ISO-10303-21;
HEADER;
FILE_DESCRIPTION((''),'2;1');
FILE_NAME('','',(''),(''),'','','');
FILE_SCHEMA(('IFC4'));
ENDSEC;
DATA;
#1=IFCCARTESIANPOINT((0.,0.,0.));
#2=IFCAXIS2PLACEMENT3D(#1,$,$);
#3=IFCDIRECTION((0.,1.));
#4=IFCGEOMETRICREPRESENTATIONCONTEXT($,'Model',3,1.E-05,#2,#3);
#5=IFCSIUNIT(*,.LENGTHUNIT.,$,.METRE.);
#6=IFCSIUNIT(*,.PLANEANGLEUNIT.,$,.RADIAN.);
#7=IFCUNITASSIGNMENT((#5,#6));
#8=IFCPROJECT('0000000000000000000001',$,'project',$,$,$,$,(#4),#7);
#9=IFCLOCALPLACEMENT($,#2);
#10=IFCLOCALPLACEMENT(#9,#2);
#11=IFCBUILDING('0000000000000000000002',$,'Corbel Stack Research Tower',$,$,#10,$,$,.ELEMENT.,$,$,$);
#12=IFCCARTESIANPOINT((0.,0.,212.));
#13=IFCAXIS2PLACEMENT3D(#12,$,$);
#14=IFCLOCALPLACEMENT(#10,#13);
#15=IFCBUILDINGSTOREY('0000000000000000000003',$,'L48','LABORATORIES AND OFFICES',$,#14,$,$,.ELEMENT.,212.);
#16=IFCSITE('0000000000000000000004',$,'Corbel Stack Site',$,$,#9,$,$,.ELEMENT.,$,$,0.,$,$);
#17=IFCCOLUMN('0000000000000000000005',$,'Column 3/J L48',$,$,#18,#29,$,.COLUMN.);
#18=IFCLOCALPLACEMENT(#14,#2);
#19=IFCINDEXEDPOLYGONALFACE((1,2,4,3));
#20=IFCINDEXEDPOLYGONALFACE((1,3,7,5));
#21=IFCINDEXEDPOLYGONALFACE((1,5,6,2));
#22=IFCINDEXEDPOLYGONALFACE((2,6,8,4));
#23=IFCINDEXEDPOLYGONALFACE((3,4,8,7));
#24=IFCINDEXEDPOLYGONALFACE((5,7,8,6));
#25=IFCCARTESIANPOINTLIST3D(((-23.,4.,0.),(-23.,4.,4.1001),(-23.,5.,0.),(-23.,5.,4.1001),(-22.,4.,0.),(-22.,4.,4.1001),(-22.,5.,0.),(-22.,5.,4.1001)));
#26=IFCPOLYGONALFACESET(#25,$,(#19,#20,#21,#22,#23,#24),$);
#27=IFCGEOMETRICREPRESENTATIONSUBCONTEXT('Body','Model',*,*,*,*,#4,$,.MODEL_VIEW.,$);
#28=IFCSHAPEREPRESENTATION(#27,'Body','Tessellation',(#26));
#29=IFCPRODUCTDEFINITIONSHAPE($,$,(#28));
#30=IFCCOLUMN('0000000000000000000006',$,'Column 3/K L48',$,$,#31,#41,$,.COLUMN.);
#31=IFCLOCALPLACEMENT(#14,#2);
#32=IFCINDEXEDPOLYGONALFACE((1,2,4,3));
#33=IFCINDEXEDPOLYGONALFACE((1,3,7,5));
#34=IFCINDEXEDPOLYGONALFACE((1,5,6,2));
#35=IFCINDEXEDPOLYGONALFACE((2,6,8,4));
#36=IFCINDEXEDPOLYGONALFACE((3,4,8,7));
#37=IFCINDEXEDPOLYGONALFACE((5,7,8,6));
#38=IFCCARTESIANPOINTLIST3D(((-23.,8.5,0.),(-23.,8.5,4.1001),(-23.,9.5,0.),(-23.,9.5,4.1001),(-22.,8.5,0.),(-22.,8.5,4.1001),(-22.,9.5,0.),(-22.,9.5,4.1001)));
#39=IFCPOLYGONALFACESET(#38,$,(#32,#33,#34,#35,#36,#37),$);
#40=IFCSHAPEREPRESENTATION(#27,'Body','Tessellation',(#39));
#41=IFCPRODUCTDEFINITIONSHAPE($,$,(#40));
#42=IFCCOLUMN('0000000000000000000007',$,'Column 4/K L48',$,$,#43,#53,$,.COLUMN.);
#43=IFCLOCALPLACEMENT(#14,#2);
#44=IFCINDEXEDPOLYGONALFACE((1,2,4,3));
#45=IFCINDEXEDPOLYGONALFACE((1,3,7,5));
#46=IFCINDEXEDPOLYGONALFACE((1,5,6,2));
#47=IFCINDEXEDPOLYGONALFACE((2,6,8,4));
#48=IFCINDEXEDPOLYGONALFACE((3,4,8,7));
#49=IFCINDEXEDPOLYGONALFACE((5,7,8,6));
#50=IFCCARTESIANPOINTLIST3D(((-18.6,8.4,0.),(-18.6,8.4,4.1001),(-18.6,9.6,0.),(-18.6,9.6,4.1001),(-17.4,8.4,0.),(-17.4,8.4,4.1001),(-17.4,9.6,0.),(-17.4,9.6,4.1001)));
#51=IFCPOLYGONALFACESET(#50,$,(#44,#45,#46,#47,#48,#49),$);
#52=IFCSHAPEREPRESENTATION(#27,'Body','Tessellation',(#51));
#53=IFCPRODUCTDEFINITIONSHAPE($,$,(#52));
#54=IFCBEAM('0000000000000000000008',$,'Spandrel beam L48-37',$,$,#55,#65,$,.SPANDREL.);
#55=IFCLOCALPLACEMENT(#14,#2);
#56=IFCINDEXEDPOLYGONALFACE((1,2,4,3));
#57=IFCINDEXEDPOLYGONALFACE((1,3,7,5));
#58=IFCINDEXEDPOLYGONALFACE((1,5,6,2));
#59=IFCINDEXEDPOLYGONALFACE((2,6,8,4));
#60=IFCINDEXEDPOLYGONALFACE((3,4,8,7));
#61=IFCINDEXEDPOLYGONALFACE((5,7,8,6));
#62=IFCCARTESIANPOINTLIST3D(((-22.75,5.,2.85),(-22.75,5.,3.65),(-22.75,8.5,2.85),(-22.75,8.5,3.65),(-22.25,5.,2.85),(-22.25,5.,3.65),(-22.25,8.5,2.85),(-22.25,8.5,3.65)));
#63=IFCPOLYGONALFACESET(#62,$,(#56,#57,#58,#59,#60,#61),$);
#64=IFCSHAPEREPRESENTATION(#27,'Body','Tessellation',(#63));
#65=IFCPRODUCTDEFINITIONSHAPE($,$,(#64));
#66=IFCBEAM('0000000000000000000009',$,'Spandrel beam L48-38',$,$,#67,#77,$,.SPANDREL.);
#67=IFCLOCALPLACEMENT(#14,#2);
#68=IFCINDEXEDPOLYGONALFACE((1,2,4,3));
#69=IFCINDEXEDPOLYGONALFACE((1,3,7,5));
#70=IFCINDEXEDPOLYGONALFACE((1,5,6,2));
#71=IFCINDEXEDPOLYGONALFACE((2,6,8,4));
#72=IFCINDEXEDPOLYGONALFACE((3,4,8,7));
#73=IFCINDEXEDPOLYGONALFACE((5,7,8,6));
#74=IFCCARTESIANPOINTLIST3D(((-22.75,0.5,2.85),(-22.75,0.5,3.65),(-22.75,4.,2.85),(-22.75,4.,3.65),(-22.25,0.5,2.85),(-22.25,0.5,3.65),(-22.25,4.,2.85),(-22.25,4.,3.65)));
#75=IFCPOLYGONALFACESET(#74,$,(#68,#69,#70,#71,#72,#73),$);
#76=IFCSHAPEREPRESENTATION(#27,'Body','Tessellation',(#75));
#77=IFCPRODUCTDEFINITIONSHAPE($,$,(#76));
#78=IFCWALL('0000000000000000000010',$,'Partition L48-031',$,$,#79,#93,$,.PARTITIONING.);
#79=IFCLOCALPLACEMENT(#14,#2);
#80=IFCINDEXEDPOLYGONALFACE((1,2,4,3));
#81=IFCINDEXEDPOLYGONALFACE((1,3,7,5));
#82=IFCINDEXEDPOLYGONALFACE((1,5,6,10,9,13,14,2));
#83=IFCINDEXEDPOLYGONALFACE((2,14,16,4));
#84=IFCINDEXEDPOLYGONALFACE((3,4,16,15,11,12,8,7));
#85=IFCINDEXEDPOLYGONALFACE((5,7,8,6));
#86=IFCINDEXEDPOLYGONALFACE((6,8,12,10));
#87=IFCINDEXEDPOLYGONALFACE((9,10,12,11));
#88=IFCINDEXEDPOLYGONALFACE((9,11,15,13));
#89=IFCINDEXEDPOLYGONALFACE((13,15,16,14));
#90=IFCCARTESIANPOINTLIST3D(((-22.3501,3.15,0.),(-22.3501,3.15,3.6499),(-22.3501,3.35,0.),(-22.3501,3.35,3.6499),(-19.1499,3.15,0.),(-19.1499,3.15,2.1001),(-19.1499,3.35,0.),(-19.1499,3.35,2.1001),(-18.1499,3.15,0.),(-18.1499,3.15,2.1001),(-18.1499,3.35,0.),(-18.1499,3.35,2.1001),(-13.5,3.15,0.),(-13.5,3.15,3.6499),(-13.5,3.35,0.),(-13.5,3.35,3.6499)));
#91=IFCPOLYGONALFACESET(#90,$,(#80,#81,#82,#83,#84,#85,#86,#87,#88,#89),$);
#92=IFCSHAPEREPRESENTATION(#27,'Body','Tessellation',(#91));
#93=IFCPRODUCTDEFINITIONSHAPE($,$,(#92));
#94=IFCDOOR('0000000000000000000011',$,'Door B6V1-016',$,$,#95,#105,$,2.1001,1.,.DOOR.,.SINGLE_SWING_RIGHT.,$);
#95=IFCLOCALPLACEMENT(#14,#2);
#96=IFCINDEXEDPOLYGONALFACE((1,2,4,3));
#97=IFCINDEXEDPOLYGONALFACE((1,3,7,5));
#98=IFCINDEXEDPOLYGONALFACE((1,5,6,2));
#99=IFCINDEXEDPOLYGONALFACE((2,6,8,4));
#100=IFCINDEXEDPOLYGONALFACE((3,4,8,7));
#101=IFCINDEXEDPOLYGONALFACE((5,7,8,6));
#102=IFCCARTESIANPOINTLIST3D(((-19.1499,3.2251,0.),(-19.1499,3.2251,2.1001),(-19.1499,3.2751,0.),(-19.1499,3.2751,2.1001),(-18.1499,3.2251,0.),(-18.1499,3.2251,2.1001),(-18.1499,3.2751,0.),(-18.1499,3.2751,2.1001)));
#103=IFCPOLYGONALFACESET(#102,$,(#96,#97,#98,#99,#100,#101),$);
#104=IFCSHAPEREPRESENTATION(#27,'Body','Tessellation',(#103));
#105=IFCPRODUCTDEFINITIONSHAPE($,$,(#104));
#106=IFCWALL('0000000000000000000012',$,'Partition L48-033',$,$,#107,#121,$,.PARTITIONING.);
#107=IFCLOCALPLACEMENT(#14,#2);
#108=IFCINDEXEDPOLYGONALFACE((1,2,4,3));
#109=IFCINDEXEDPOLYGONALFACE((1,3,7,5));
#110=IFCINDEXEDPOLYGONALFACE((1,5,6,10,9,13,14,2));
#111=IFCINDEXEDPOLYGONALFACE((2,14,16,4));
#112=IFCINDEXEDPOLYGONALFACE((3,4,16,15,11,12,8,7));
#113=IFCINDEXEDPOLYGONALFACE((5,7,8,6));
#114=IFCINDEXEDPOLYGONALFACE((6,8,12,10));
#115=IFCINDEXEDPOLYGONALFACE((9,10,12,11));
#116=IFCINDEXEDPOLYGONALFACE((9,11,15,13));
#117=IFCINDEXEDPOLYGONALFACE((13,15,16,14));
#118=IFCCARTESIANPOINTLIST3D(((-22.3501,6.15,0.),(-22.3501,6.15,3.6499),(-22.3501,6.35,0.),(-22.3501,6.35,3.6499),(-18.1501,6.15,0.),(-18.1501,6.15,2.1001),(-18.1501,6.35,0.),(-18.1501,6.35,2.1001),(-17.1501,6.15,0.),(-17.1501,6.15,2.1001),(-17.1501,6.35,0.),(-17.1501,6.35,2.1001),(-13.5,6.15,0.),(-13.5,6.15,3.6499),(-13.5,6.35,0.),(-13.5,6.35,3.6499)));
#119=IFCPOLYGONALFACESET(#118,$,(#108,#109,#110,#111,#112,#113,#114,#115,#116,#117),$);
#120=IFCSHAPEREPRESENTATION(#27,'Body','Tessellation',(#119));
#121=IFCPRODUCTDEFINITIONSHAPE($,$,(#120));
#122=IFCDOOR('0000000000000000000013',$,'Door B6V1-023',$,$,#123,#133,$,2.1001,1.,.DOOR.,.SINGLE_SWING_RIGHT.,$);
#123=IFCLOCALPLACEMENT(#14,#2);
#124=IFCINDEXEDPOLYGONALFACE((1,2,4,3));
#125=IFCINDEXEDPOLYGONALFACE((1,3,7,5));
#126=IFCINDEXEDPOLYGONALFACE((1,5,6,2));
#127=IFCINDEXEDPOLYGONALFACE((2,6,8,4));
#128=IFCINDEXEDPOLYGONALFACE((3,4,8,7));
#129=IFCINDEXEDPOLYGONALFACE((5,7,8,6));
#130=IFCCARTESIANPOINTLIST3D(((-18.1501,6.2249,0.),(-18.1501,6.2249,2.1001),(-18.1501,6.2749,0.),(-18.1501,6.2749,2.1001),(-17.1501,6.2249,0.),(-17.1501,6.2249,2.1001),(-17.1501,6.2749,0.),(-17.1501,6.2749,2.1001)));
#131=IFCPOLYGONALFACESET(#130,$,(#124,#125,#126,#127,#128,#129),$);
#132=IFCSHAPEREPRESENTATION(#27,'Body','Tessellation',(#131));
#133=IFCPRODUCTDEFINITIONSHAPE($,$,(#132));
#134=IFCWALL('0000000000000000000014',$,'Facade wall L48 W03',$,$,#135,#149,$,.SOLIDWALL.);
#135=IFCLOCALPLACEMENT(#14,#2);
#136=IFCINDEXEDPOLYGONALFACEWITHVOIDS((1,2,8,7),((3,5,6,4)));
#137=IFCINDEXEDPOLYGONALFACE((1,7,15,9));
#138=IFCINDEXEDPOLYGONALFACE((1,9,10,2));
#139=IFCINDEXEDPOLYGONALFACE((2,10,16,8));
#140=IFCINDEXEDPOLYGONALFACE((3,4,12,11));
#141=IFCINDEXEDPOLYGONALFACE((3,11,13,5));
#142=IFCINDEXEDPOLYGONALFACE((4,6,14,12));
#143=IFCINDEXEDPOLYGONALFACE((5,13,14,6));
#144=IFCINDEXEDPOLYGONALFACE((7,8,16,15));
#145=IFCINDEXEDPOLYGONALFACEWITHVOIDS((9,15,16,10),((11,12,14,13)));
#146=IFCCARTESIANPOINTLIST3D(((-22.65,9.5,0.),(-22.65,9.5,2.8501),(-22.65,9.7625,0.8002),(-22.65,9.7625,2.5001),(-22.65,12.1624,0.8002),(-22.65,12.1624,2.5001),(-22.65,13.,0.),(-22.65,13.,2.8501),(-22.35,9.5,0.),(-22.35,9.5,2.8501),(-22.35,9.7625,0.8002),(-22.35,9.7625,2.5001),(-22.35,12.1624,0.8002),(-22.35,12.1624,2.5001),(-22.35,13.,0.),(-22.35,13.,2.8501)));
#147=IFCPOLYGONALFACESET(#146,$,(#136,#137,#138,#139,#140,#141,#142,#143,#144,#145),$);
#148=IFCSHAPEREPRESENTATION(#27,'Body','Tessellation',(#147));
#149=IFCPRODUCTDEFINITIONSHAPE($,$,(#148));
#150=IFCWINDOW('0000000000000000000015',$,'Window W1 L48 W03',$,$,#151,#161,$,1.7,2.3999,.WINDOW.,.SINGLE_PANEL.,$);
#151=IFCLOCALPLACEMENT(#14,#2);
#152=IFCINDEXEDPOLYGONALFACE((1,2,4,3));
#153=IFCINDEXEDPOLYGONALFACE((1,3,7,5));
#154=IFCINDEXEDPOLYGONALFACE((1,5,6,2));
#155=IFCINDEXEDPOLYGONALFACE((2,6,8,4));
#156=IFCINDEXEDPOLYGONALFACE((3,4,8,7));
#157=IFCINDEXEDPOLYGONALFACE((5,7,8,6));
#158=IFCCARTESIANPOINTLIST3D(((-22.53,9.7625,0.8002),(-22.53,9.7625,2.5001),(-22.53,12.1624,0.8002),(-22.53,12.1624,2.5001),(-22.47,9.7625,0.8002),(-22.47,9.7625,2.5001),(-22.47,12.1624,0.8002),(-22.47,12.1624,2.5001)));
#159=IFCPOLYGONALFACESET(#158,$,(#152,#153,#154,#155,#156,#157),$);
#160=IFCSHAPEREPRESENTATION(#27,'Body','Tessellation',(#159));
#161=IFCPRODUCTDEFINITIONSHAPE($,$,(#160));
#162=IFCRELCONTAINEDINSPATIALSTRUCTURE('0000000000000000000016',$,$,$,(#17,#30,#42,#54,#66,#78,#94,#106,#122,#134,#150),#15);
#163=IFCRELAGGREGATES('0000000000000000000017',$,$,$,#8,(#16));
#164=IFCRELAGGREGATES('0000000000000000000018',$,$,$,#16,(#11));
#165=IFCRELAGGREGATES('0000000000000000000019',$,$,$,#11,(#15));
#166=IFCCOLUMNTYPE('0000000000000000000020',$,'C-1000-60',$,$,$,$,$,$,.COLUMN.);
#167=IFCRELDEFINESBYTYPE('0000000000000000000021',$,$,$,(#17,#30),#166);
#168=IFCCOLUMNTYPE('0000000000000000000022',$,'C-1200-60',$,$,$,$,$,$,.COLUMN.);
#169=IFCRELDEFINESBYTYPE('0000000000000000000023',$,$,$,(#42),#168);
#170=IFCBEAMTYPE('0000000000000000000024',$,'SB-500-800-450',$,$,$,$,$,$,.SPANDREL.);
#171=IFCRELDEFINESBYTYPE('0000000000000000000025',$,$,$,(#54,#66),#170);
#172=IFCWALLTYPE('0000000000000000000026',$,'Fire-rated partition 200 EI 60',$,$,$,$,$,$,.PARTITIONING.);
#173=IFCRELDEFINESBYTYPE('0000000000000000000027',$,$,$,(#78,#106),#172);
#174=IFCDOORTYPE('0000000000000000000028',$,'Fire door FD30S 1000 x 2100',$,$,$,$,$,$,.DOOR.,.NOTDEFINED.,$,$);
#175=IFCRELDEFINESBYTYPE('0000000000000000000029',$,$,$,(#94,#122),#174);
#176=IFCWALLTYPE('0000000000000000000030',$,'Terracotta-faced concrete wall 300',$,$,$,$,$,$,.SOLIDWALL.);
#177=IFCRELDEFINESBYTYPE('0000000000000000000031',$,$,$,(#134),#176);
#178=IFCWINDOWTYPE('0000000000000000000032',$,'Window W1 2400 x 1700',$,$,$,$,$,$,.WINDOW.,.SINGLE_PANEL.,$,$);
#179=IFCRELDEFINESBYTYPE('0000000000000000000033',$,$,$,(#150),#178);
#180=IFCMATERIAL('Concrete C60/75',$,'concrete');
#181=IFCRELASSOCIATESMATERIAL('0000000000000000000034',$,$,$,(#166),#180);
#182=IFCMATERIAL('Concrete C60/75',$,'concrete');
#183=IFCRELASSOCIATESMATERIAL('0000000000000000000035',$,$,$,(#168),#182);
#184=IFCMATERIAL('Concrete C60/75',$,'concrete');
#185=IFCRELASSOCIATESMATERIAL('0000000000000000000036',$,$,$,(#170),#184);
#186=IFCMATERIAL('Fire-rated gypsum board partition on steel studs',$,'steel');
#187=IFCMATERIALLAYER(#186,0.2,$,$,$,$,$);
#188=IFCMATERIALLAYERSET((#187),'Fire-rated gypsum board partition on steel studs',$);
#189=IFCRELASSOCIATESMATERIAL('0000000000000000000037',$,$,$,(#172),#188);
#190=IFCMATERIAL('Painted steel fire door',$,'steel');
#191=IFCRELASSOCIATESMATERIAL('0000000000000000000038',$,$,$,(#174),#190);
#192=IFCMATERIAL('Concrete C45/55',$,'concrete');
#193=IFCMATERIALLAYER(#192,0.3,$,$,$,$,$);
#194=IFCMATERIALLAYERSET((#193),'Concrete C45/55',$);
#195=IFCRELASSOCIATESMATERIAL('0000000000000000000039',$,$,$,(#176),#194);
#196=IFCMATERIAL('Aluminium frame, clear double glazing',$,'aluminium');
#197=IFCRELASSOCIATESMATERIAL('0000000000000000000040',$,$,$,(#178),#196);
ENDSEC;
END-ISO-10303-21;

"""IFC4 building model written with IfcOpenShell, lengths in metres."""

from ifc_helpers import new_model, si_unit, direction, frame, frame_2d, origin, origin_2d, place, context, subcontext, project, spatial, rectangle, extrude, material, layer, layer_set, material_profile, profile_set, type_object, element, fill, save


model = new_model("IFC4")

# Units and contexts
model_context = context("Model", 3, precision=1e-05, world=origin(), true_north=direction((0.0, 1.0)))
body_context = subcontext(model_context, "Body", "Model", "MODEL_VIEW")
ifc_project = project(units=[si_unit("LENGTHUNIT", "METRE"), si_unit("PLANEANGLEUNIT", "RADIAN")], contexts=[model_context])

# Site, building, storey
site_placement = place(None, origin())
site = spatial("IfcSite", under=ifc_project, at=site_placement, Name="Corbel Stack Site", CompositionType="ELEMENT", RefElevation=0.0)
building_placement = place(site_placement, origin())
building = spatial("IfcBuilding", under=site, at=building_placement, Name="Corbel Stack Research Tower", CompositionType="ELEMENT")
storey_placement = place(building_placement, frame((0.0, 0.0, 212.0)))
storey = spatial("IfcBuildingStorey", under=building, at=storey_placement, Name="L48", Description="LABORATORIES AND OFFICES", CompositionType="ELEMENT", Elevation=212.0)

# Columns
ifc_material_1 = material(Name="Concrete C60/75", Category="concrete")
ifc_material_profile_1 = material_profile(ifc_material_1, rectangle(XDim=1.0, YDim=1.0, at=origin_2d()), Name="RC 1000 x 1000")
ifc_profile_set_1 = profile_set([ifc_material_profile_1], Name="Concrete C60/75")
column_type_1 = type_object("IfcColumnType", Name="C-1000-60", PredefinedType="COLUMN", material=ifc_profile_set_1)
for number, where, z_axis, x_axis, name in (
    (1, (-22.5, 4.5, 0.0), (0.0, 0.0, 1.0), (1.0, 0.0, 0.0), "Column 3/J L48"),
    (2, (-22.5, 9.0, 0.0), (0.0, 0.0, 1.0), (1.0, 0.0, 0.0), "Column 3/K L48"),
):
    element("IfcColumn", number, at=place(storey_placement, frame(where, z_axis=z_axis, x_axis=x_axis)), inside=storey, type_object=column_type_1, Name=name, PredefinedType="COLUMN", context=body_context, shape_type="SweptSolid", body=[
        extrude(rectangle(XDim=1.0, YDim=1.0, at=origin_2d()), origin(), (0.0, 0.0, 1.0), 4.1001),
    ])
ifc_material_2 = material(Name="Concrete C60/75", Category="concrete")
ifc_material_profile_2 = material_profile(ifc_material_2, rectangle(XDim=1.2, YDim=1.2, at=origin_2d()), Name="RC 1200 x 1200")
ifc_profile_set_2 = profile_set([ifc_material_profile_2], Name="Concrete C60/75")
column_type_2 = type_object("IfcColumnType", Name="C-1200-60", PredefinedType="COLUMN", material=ifc_profile_set_2)
column_placement = place(storey_placement, frame((-18.0, 9.0, 0.0), z_axis=(0.0, 0.0, 1.0), x_axis=(1.0, 0.0, 0.0)))
element("IfcColumn", 3, at=column_placement, inside=storey, type_object=column_type_2, Name="Column 4/K L48", PredefinedType="COLUMN", context=body_context, shape_type="SweptSolid", body=[
    extrude(rectangle(XDim=1.2, YDim=1.2, at=origin_2d()), origin(), (0.0, 0.0, 1.0), 4.1001),
])

# Beams
ifc_material_3 = material(Name="Concrete C60/75", Category="concrete")
ifc_material_profile_3 = material_profile(ifc_material_3, rectangle(XDim=0.5, YDim=0.8, at=origin_2d()), Name="RC 500 x 800")
ifc_profile_set_3 = profile_set([ifc_material_profile_3], Name="Concrete C60/75")
beam_type = type_object("IfcBeamType", Name="SB-500-800-450", PredefinedType="SPANDREL", material=ifc_profile_set_3)
for number, where, z_axis, x_axis, name in (
    (4, (-22.5, 8.5, 3.25), (0.0, -1.0, 0.0), (1.0, 0.0, 0.0), "Spandrel beam L48-37"),
    (5, (-22.5, 4.0, 3.25), (0.0, -1.0, 0.0), (1.0, 0.0, 0.0), "Spandrel beam L48-38"),
):
    element("IfcBeam", number, at=place(storey_placement, frame(where, z_axis=z_axis, x_axis=x_axis)), inside=storey, type_object=beam_type, Name=name, PredefinedType="SPANDREL", context=body_context, shape_type="SweptSolid", body=[
        extrude(rectangle(XDim=0.5, YDim=0.8, at=origin_2d()), origin(), (0.0, 0.0, 1.0), 3.5),
    ])

# Walls, openings, doors
ifc_material_4 = material(Name="Fire-rated gypsum board partition on steel studs", Category="steel")
ifc_layer_1 = layer(ifc_material_4, 0.2)
ifc_layer_set_1 = layer_set([ifc_layer_1], Name="Fire-rated gypsum board partition on steel studs")
wall_type_1 = type_object("IfcWallType", Name="Fire-rated partition 200 EI 60", PredefinedType="PARTITIONING", material=ifc_layer_set_1)
wall_1_placement = place(storey_placement, frame((-13.5, 3.25, 0.0), z_axis=(0.0, 0.0, 1.0), x_axis=(-1.0, 0.0, 0.0)))
wall_1 = element("IfcWall", 6, at=wall_1_placement, inside=storey, type_object=wall_type_1, Name="Partition L48-031", PredefinedType="PARTITIONING", context=body_context, shape_type="SweptSolid", body=[
    extrude(rectangle(XDim=8.8501, YDim=0.2, at=frame_2d((4.425, 0.0))), origin(), (0.0, 0.0, 1.0), 3.6499),
])
opening_1_placement = place(wall_1_placement, frame((4.6499, 0.0, 0.0)))
opening_1 = element("IfcOpeningElement", 7, at=opening_1_placement, cuts=wall_1, PredefinedType="OPENING", context=body_context, shape_type="SweptSolid", body=[
    extrude(rectangle(XDim=1.0, YDim=2.1001, at=frame_2d((0.5, 1.05))), frame((0.0, 0.1099, 0.0), z_axis=(0.0, -1.0, 0.0), x_axis=(1.0, 0.0, 0.0)), (0.0, 0.0, 1.0), 0.22),
])
ifc_material_5 = material(Name="Painted steel fire door", Category="steel")
door_type = type_object("IfcDoorType", Name="Fire door FD30S 1000 x 2100", OperationType="NOTDEFINED", PredefinedType="DOOR", material=ifc_material_5)
door_1_placement = place(opening_1_placement, origin())
door_1 = element("IfcDoor", 8, at=door_1_placement, inside=storey, type_object=door_type, Name="Door B6V1-016", OperationType="SINGLE_SWING_RIGHT", OverallHeight=2.1001, OverallWidth=1.0, PredefinedType="DOOR", context=body_context, shape_type="SweptSolid", body=[
    extrude(rectangle(XDim=1.0, YDim=2.1001, at=frame_2d((0.5, 1.05))), frame((0.0, 0.0249, 0.0), z_axis=(0.0, -1.0, 0.0), x_axis=(1.0, 0.0, 0.0)), (0.0, 0.0, 1.0), 0.05),
])
fill(opening_1, door_1)
wall_2_placement = place(storey_placement, frame((-22.3501, 6.25, 0.0), z_axis=(0.0, 0.0, 1.0), x_axis=(1.0, 0.0, 0.0)))
wall_2 = element("IfcWall", 9, at=wall_2_placement, inside=storey, type_object=wall_type_1, Name="Partition L48-033", PredefinedType="PARTITIONING", context=body_context, shape_type="SweptSolid", body=[
    extrude(rectangle(XDim=8.8501, YDim=0.2, at=frame_2d((4.425, 0.0))), origin(), (0.0, 0.0, 1.0), 3.6499),
])
opening_2_placement = place(wall_2_placement, frame((4.2, 0.0, 0.0)))
opening_2 = element("IfcOpeningElement", 10, at=opening_2_placement, cuts=wall_2, PredefinedType="OPENING", context=body_context, shape_type="SweptSolid", body=[
    extrude(rectangle(XDim=1.0, YDim=2.1001, at=frame_2d((0.5, 1.05))), frame((0.0, 0.1099, 0.0), z_axis=(0.0, -1.0, 0.0), x_axis=(1.0, 0.0, 0.0)), (0.0, 0.0, 1.0), 0.22),
])
door_2_placement = place(opening_2_placement, origin())
door_2 = element("IfcDoor", 11, at=door_2_placement, inside=storey, type_object=door_type, Name="Door B6V1-023", OperationType="SINGLE_SWING_RIGHT", OverallHeight=2.1001, OverallWidth=1.0, PredefinedType="DOOR", context=body_context, shape_type="SweptSolid", body=[
    extrude(rectangle(XDim=1.0, YDim=2.1001, at=frame_2d((0.5, 1.05))), frame((0.0, 0.0249, 0.0), z_axis=(0.0, -1.0, 0.0), x_axis=(1.0, 0.0, 0.0)), (0.0, 0.0, 1.0), 0.05),
])
fill(opening_2, door_2)

# Wall, opening, window
ifc_material_6 = material(Name="Concrete C45/55", Category="concrete")
ifc_layer_2 = layer(ifc_material_6, 0.3)
ifc_layer_set_2 = layer_set([ifc_layer_2], Name="Concrete C45/55")
wall_type_2 = type_object("IfcWallType", Name="Terracotta-faced concrete wall 300", PredefinedType="SOLIDWALL", material=ifc_layer_set_2)
wall_3_placement = place(storey_placement, frame((-22.5, 9.5, 0.0), z_axis=(0.0, 0.0, 1.0), x_axis=(0.0, 1.0, 0.0)))
wall_3 = element("IfcWall", 12, at=wall_3_placement, inside=storey, type_object=wall_type_2, Name="Facade wall L48 W03", PredefinedType="SOLIDWALL", context=body_context, shape_type="SweptSolid", body=[
    extrude(rectangle(XDim=3.5, YDim=0.3, at=frame_2d((1.75, 0.0))), origin(), (0.0, 0.0, 1.0), 2.8501),
])
opening_3_placement = place(wall_3_placement, frame((0.2625, 0.0, 0.8)))
opening_3 = element("IfcOpeningElement", 13, at=opening_3_placement, cuts=wall_3, PredefinedType="OPENING", context=body_context, shape_type="SweptSolid", body=[
    extrude(rectangle(XDim=2.3999, YDim=1.7, at=frame_2d((1.2, 0.8501))), frame((0.0, 0.1599, 0.0), z_axis=(0.0, -1.0, 0.0), x_axis=(1.0, 0.0, 0.0)), (0.0, 0.0, 1.0), 0.3201),
])
ifc_material_7 = material(Name="Aluminium frame, clear double glazing", Category="aluminium")
window_type_1 = type_object("IfcWindowType", Name="Window W1 2400 x 1700", PartitioningType="SINGLE_PANEL", PredefinedType="WINDOW", material=ifc_material_7)
window_1_placement = place(opening_3_placement, origin())
window_1 = element("IfcWindow", 14, at=window_1_placement, inside=storey, type_object=window_type_1, Name="Window W1 L48 W03", OverallHeight=1.7, OverallWidth=2.3999, PartitioningType="SINGLE_PANEL", PredefinedType="WINDOW", context=body_context, shape_type="SweptSolid", body=[
    extrude(rectangle(XDim=2.3999, YDim=1.7, at=frame_2d((1.2, 0.8501))), frame((0.0, 0.03, 0.0), z_axis=(0.0, -1.0, 0.0), x_axis=(1.0, 0.0, 0.0)), (0.0, 0.0, 1.0), 0.0601),
])
fill(opening_3, window_1)

save(model, "model.ifc")
